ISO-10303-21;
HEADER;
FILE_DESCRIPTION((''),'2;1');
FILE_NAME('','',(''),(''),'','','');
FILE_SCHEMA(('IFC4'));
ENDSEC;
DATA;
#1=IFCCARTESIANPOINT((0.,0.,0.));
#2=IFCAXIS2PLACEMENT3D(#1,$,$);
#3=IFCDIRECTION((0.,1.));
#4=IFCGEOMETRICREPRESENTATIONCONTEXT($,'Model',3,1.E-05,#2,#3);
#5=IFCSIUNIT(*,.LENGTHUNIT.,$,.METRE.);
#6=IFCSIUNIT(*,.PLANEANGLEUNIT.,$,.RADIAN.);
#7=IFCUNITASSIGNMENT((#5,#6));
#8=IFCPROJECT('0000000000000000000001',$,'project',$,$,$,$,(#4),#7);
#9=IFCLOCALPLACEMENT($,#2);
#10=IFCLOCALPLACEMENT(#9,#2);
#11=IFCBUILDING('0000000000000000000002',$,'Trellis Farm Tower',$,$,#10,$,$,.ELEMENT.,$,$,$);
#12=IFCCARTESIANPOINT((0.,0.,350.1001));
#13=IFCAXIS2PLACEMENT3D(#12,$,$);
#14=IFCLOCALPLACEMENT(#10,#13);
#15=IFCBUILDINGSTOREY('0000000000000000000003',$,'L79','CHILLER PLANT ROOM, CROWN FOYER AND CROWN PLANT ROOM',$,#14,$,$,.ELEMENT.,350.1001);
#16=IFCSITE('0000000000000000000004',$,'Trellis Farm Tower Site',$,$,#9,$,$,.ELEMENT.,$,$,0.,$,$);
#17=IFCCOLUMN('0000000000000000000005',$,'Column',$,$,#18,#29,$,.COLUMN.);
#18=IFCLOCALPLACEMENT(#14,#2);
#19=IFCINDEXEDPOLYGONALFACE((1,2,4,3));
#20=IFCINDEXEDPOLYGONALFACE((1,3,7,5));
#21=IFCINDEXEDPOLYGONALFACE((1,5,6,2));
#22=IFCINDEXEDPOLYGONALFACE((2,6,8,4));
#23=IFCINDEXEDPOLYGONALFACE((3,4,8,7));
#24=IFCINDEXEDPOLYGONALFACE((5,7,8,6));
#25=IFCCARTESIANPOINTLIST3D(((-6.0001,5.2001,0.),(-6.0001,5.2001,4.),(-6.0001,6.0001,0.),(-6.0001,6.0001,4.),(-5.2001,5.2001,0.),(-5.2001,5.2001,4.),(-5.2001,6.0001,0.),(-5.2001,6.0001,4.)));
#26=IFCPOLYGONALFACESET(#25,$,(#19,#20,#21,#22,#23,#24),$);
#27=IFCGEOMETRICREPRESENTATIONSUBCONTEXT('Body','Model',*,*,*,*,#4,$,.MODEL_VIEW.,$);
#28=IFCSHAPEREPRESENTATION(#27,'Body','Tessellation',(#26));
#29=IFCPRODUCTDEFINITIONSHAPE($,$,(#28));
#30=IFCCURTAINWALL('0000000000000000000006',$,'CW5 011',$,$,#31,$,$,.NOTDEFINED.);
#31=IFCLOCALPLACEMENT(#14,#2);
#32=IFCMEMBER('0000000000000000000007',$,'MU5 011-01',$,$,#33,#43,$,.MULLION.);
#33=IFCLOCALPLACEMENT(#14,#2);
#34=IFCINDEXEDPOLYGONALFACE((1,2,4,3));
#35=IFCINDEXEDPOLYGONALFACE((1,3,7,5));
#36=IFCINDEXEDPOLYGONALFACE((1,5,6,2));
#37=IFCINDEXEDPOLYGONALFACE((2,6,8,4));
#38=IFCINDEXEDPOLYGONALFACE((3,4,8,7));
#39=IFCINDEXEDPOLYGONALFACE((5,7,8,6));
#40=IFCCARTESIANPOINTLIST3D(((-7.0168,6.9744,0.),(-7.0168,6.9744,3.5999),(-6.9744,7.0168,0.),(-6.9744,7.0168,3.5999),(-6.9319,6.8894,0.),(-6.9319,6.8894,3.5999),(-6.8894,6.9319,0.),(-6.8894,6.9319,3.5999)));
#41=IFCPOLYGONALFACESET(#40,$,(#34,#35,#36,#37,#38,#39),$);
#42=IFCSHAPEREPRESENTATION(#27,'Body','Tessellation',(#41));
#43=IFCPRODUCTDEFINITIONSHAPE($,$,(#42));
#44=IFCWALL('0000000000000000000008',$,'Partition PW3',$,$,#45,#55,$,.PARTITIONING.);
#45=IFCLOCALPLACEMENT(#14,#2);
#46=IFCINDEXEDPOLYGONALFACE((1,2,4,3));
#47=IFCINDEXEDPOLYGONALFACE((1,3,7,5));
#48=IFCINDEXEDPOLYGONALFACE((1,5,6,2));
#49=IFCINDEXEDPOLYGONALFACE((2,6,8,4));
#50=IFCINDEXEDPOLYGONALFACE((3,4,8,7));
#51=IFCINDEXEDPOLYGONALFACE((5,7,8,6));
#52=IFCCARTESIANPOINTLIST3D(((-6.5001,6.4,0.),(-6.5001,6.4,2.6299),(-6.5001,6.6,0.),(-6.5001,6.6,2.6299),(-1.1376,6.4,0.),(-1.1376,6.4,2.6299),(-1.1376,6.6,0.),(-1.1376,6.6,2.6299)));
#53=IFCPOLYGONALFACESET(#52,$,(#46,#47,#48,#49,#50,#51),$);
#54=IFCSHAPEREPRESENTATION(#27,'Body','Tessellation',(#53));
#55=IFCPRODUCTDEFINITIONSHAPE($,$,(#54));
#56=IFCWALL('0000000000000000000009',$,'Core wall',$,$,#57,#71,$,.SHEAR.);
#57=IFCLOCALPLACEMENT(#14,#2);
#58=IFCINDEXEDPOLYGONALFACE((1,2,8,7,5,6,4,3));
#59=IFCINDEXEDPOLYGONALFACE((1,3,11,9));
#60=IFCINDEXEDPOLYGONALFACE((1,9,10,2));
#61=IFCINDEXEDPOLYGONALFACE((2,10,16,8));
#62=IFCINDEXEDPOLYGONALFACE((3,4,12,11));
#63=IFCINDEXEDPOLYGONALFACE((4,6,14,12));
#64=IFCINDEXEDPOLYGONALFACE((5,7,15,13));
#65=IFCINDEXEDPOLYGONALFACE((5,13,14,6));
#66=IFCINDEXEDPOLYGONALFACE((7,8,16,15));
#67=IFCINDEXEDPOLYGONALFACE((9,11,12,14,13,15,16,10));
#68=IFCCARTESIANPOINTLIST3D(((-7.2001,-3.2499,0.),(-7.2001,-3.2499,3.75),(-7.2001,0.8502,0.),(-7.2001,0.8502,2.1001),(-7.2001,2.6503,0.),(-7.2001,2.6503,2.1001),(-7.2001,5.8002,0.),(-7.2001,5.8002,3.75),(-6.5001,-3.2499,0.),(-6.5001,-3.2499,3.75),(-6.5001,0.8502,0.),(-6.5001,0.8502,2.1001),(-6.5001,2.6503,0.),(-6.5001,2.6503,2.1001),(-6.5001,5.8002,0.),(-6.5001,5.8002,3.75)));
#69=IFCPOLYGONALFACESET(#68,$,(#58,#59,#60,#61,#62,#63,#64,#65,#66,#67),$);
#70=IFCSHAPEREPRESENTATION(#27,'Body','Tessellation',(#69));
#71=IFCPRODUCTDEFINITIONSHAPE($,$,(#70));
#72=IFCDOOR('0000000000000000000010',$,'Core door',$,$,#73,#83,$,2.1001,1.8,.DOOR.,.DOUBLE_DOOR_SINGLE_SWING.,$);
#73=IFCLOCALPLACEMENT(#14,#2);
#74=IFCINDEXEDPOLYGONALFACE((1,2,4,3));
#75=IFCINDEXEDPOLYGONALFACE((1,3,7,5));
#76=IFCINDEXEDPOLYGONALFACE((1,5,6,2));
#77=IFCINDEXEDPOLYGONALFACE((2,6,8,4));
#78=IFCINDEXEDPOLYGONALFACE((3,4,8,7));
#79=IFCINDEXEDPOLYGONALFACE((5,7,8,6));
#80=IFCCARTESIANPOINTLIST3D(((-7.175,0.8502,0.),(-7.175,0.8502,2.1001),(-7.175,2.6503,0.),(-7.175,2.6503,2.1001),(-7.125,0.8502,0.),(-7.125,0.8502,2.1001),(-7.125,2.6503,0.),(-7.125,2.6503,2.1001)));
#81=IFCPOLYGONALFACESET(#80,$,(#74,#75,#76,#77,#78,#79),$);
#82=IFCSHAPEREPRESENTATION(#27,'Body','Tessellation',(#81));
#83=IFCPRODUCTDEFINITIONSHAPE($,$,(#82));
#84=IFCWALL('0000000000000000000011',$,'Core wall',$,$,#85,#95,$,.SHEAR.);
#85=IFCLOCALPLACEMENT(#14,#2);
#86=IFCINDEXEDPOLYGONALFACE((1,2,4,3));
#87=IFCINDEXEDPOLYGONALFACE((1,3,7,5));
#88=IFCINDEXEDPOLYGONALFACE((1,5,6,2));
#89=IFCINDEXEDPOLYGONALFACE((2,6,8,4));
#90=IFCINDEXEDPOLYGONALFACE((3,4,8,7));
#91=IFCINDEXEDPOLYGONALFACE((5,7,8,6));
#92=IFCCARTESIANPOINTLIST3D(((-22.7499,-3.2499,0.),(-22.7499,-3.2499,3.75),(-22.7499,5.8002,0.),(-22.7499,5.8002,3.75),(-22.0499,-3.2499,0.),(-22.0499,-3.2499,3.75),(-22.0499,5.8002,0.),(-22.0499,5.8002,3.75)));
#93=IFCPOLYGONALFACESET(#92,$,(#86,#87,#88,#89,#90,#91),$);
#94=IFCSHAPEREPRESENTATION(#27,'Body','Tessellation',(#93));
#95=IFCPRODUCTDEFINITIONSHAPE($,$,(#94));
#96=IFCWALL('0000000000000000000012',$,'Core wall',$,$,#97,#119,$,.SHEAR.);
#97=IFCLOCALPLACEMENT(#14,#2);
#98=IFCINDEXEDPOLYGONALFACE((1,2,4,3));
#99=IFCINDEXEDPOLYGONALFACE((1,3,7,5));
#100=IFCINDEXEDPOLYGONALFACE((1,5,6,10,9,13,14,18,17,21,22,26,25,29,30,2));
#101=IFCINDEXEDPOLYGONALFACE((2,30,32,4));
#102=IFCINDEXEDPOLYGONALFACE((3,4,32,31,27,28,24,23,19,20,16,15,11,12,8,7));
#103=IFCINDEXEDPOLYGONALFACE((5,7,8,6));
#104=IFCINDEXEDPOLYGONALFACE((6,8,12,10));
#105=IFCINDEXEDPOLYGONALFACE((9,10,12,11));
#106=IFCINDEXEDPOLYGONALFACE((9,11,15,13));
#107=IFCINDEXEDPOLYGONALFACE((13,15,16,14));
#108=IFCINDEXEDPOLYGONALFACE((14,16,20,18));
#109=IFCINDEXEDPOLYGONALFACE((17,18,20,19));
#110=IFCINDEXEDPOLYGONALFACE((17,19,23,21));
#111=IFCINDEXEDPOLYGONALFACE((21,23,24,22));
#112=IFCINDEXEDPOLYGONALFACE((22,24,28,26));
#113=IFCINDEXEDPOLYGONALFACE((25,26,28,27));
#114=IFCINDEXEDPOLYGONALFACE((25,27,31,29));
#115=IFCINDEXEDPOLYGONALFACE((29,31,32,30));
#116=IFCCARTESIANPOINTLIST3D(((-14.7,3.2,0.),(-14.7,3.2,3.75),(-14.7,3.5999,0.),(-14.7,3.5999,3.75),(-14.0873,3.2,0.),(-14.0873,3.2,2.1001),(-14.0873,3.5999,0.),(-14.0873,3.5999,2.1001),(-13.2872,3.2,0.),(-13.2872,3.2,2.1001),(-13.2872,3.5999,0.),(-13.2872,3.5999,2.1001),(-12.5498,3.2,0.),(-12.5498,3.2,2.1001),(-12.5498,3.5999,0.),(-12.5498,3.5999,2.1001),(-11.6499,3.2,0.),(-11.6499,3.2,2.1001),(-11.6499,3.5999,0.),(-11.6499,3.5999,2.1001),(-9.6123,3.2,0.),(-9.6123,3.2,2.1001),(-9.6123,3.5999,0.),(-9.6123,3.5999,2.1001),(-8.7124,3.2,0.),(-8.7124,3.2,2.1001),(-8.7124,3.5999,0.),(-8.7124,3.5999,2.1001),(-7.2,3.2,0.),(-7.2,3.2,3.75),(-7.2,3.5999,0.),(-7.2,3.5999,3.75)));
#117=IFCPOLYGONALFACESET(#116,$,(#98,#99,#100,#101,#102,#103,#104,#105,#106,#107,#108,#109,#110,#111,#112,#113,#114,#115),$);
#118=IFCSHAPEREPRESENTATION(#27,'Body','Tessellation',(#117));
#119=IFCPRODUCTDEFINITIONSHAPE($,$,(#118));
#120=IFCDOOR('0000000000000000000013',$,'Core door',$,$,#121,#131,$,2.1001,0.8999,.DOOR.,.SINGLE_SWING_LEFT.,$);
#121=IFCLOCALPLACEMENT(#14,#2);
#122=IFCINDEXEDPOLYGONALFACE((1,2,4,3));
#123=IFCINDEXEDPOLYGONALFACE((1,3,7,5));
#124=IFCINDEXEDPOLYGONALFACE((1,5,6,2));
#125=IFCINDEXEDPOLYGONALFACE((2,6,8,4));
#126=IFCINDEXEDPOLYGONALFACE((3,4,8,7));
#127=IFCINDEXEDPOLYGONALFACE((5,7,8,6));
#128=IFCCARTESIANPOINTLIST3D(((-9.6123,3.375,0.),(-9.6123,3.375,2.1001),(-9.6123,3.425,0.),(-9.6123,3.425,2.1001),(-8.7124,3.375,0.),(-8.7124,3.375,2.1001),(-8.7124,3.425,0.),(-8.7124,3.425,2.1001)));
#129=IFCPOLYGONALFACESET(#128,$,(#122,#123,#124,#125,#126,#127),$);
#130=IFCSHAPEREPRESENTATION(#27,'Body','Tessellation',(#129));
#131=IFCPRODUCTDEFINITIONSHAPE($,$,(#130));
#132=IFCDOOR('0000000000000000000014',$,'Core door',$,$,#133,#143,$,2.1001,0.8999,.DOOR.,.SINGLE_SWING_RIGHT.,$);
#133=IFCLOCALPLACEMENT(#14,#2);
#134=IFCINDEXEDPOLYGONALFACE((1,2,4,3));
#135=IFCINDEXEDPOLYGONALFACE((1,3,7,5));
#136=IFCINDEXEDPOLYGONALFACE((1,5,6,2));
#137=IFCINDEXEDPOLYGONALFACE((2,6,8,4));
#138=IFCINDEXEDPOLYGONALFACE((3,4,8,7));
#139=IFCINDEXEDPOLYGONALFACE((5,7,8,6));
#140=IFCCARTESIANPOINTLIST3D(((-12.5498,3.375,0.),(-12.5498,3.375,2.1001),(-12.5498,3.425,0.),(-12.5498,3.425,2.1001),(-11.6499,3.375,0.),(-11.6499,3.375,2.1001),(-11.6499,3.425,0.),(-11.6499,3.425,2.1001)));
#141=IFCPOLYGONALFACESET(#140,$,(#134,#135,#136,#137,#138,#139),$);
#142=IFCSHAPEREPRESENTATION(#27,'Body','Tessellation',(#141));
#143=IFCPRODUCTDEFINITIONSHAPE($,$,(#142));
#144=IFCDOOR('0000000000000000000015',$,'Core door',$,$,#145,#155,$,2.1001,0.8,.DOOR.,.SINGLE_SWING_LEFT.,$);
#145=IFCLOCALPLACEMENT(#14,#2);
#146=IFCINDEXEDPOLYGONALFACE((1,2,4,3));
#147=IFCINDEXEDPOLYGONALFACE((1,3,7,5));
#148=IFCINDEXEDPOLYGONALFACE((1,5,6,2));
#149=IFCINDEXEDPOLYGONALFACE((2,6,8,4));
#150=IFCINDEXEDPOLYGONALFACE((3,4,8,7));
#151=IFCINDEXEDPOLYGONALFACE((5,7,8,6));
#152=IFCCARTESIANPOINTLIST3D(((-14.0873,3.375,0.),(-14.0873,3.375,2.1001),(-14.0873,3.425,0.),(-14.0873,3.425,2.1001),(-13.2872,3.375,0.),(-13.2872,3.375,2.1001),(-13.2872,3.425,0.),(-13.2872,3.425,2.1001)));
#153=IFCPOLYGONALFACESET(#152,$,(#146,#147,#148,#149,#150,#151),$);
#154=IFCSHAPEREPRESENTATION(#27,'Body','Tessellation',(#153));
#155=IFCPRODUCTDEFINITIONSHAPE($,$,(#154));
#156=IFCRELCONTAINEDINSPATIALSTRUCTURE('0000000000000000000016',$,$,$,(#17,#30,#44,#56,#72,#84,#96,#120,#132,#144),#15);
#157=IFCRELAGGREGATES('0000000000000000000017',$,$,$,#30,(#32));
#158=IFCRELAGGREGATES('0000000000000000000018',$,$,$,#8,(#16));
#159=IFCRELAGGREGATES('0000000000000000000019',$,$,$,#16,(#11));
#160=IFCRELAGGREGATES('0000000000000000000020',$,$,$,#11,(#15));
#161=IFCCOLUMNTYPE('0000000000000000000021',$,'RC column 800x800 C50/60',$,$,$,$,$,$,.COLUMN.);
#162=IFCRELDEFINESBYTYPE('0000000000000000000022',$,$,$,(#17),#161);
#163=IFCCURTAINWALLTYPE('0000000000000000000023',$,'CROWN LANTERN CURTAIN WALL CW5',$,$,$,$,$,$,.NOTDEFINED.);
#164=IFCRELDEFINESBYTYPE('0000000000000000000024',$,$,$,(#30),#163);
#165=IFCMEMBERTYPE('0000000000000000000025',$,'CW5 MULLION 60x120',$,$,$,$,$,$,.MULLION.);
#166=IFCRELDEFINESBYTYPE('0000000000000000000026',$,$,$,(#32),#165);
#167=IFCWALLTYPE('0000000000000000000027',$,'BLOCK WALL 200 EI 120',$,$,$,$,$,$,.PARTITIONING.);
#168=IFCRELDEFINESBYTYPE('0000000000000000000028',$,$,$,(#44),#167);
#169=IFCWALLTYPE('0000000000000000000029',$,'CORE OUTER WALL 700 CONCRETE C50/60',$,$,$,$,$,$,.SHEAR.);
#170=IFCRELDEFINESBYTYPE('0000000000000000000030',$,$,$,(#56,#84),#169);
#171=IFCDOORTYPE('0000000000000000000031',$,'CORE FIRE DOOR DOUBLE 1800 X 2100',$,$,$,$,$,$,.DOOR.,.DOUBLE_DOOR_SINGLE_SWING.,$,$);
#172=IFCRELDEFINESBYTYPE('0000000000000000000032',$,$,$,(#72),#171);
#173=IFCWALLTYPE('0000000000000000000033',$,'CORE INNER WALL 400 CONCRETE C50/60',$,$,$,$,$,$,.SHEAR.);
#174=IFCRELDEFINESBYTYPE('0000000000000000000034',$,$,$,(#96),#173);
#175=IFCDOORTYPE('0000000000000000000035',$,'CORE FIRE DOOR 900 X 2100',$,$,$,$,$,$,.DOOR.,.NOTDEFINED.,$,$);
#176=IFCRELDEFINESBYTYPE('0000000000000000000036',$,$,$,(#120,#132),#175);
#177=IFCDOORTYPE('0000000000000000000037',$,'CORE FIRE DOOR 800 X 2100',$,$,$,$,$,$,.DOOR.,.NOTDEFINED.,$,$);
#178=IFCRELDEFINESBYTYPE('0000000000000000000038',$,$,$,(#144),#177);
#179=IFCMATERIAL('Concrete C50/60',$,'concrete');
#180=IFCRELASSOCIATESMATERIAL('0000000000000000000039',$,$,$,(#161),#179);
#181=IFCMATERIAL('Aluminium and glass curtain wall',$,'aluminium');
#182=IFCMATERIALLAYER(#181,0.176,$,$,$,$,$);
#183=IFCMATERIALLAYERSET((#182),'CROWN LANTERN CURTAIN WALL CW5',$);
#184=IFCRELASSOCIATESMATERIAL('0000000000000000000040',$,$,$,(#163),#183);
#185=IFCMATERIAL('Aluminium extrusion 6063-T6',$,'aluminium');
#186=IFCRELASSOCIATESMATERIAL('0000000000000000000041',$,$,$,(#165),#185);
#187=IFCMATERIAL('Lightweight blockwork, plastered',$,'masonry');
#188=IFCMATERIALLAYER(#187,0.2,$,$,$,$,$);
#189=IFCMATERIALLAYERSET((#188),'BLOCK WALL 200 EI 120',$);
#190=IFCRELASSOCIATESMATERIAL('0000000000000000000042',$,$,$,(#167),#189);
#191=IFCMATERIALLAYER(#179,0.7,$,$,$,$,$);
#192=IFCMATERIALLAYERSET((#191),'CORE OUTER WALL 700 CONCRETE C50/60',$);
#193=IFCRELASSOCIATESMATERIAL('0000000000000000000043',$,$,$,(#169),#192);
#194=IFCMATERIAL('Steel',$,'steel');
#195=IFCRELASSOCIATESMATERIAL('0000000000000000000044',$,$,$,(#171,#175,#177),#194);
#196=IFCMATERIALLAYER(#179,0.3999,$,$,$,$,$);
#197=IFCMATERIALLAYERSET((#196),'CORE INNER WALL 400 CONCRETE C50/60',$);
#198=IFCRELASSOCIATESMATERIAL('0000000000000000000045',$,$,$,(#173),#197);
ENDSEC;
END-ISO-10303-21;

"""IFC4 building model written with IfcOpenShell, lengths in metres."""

from ifc_helpers import new_model, si_unit, direction, frame, frame_2d, origin, origin_2d, place, context, subcontext, project, spatial, rectangle, extrude, source, transform, mapped, material, layer, layer_set, material_profile, profile_set, type_object, element, fill, aggregate, save


model = new_model("IFC4")

# Units and contexts
model_context = context("Model", 3, precision=1e-05, world=origin(), true_north=direction((0.0, 1.0)))
body_context = subcontext(model_context, "Body", "Model", "MODEL_VIEW")
ifc_project = project(units=[si_unit("LENGTHUNIT", "METRE"), si_unit("PLANEANGLEUNIT", "RADIAN")], contexts=[model_context])

# Site, building, storey
site_placement = place(None, origin())
site = spatial("IfcSite", under=ifc_project, at=site_placement, Name="Trellis Farm Tower Site", CompositionType="ELEMENT", RefElevation=0.0)
building_placement = place(site_placement, origin())
building = spatial("IfcBuilding", under=site, at=building_placement, Name="Trellis Farm Tower", CompositionType="ELEMENT")
storey_placement = place(building_placement, frame((0.0, 0.0, 350.1001)))
storey = spatial("IfcBuildingStorey", under=building, at=storey_placement, Name="L79", Description="CHILLER PLANT ROOM, CROWN FOYER AND CROWN PLANT ROOM", CompositionType="ELEMENT", Elevation=350.1001)

# Column
ifc_material_1 = material(Name="Concrete C50/60", Category="concrete")
ifc_material_profile_1 = material_profile(ifc_material_1, rectangle(XDim=0.8, YDim=0.8, at=origin_2d()), Name="RC column 800x800 C50/60")
ifc_profile_set_1 = profile_set([ifc_material_profile_1], Name="Concrete C50/60")
column_type = type_object("IfcColumnType", Name="RC column 800x800 C50/60", PredefinedType="COLUMN", material=ifc_profile_set_1)
shared_shape_1 = source(origin(), body_context, "Body", "SweptSolid", [
    extrude(rectangle(XDim=0.8, YDim=0.8, at=origin_2d()), origin(), (0.0, 0.0, 1.0), 4.0),
])
column_placement = place(storey_placement, frame((-5.6001, 5.6001, 0.0), z_axis=(0.0, 0.0, 1.0), x_axis=(1.0, 0.0, 0.0)))
element("IfcColumn", 1, at=column_placement, inside=storey, type_object=column_type, Name="Column", PredefinedType="COLUMN", context=body_context, shape_type="MappedRepresentation", body=[
    mapped(shared_shape_1, transform((0.0, 0.0, 0.0))),
])

# Curtain wall, member
ifc_material_2 = material(Name="Aluminium and glass curtain wall", Category="aluminium")
ifc_layer_1 = layer(ifc_material_2, 0.176)
ifc_layer_set_1 = layer_set([ifc_layer_1], Name="CROWN LANTERN CURTAIN WALL CW5")
curtain_wall_type = type_object("IfcCurtainWallType", Name="CROWN LANTERN CURTAIN WALL CW5", PredefinedType="NOTDEFINED", material=ifc_layer_set_1)
placement = place(storey_placement, origin())
curtain_wall = element("IfcCurtainWall", 2, at=placement, inside=storey, type_object=curtain_wall_type, Name="CW5 011", PredefinedType="NOTDEFINED")
ifc_material_3 = material(Name="Aluminium extrusion 6063-T6", Category="aluminium")
ifc_material_profile_2 = material_profile(ifc_material_3, rectangle(XDim=0.0601, YDim=0.1201, at=origin_2d()), Name="MULLION 60x120")
ifc_profile_set_2 = profile_set([ifc_material_profile_2], Name="Aluminium extrusion 6063-T6")
member_type = type_object("IfcMemberType", Name="CW5 MULLION 60x120", PredefinedType="MULLION", material=ifc_profile_set_2)
shared_shape_2 = source(origin(), body_context, "Body", "SweptSolid", [
    extrude(rectangle(XDim=0.0601, YDim=0.1201, at=origin_2d()), origin(), (0.0, 0.0, 1.0), 3.5999),
])
member_placement = place(storey_placement, frame((-6.9531, 6.9531, 0.0), z_axis=(0.0, 0.0, 1.0), x_axis=(-0.707107, -0.707107, 0.0)))
member = element("IfcMember", 3, at=member_placement, type_object=member_type, Name="MU5 011-01", PredefinedType="MULLION", context=body_context, shape_type="MappedRepresentation", body=[
    mapped(shared_shape_2, transform((0.0, 0.0, 0.0))),
])
aggregate(curtain_wall, [member])

# Wall
ifc_material_4 = material(Name="Lightweight blockwork, plastered", Category="masonry")
ifc_layer_2 = layer(ifc_material_4, 0.2)
ifc_layer_set_2 = layer_set([ifc_layer_2], Name="BLOCK WALL 200 EI 120")
wall_type_1 = type_object("IfcWallType", Name="BLOCK WALL 200 EI 120", PredefinedType="PARTITIONING", material=ifc_layer_set_2)
wall_1_placement = place(storey_placement, frame((-6.5, 6.5, 0.0), z_axis=(0.0, 0.0, 1.0), x_axis=(1.0, 0.0, 0.0)))
element("IfcWall", 4, at=wall_1_placement, inside=storey, type_object=wall_type_1, Name="Partition PW3", PredefinedType="PARTITIONING", context=body_context, shape_type="SweptSolid", body=[
    extrude(rectangle(XDim=5.3625, YDim=0.2, at=frame_2d((2.6812, 0.0))), origin(), (0.0, 0.0, 1.0), 2.6299),
])

# Wall, opening, door
ifc_layer_3 = layer(ifc_material_1, 0.7)
ifc_layer_set_3 = layer_set([ifc_layer_3], Name="CORE OUTER WALL 700 CONCRETE C50/60")
wall_type_2 = type_object("IfcWallType", Name="CORE OUTER WALL 700 CONCRETE C50/60", PredefinedType="SHEAR", material=ifc_layer_set_3)
shared_shape_3 = source(origin(), body_context, "Body", "SweptSolid", [
    extrude(rectangle(XDim=9.05, YDim=0.7, at=frame_2d((4.5249, 0.0))), origin(), (0.0, 0.0, 1.0), 3.75),
])
wall_2_placement = place(storey_placement, frame((-6.8501, 5.8, 0.0), z_axis=(0.0, 0.0, 1.0), x_axis=(0.0, -1.0, 0.0)))
wall_2 = element("IfcWall", 5, at=wall_2_placement, inside=storey, type_object=wall_type_2, Name="Core wall", PredefinedType="SHEAR", context=body_context, shape_type="MappedRepresentation", body=[
    mapped(shared_shape_3, transform((0.0, 0.0, 0.0))),
])
shared_shape_4 = source(origin(), body_context, "Body", "SweptSolid", [
    extrude(rectangle(XDim=1.8, YDim=2.1001, at=frame_2d((0.8999, 1.05))), frame((0.0, 0.3601, 0.0), z_axis=(0.0, -1.0, 0.0), x_axis=(1.0, 0.0, 0.0)), (0.0, 0.0, 1.0), 0.7202),
])
opening_1_placement = place(wall_2_placement, frame((3.1499, 0.0, 0.0)))
opening_1 = element("IfcOpeningElement", 6, at=opening_1_placement, cuts=wall_2, PredefinedType="OPENING", context=body_context, shape_type="MappedRepresentation", body=[
    mapped(shared_shape_4, transform((0.0, 0.0, 0.0))),
])
ifc_material_5 = material(Name="Steel", Category="steel")
door_type_1 = type_object("IfcDoorType", Name="CORE FIRE DOOR DOUBLE 1800 X 2100", OperationType="DOUBLE_DOOR_SINGLE_SWING", PredefinedType="DOOR", material=ifc_material_5)
shared_shape_5 = source(origin(), body_context, "Body", "SweptSolid", [
    extrude(rectangle(XDim=1.8, YDim=2.1001, at=frame_2d((0.8999, 1.05))), frame((0.0, -0.2749, 0.0), z_axis=(0.0, -1.0, 0.0), x_axis=(1.0, 0.0, 0.0)), (0.0, 0.0, 1.0), 0.05),
])
door_1_placement = place(opening_1_placement, origin())
door_1 = element("IfcDoor", 7, at=door_1_placement, inside=storey, type_object=door_type_1, Name="Core door", OperationType="DOUBLE_DOOR_SINGLE_SWING", OverallHeight=2.1001, OverallWidth=1.8, PredefinedType="DOOR", context=body_context, shape_type="MappedRepresentation", body=[
    mapped(shared_shape_5, transform((0.0, 0.0, 0.0))),
])
fill(opening_1, door_1)

# Wall
wall_3_placement = place(storey_placement, frame((-22.3999, 5.8, 0.0), z_axis=(0.0, 0.0, 1.0), x_axis=(0.0, -1.0, 0.0)))
element("IfcWall", 8, at=wall_3_placement, inside=storey, type_object=wall_type_2, Name="Core wall", PredefinedType="SHEAR", context=body_context, shape_type="MappedRepresentation", body=[
    mapped(shared_shape_3, transform((0.0, 0.0, 0.0))),
])

# Wall, openings, doors
ifc_layer_4 = layer(ifc_material_1, 0.3999)
ifc_layer_set_4 = layer_set([ifc_layer_4], Name="CORE INNER WALL 400 CONCRETE C50/60")
wall_type_3 = type_object("IfcWallType", Name="CORE INNER WALL 400 CONCRETE C50/60", PredefinedType="SHEAR", material=ifc_layer_set_4)
shared_shape_6 = source(origin(), body_context, "Body", "SweptSolid", [
    extrude(rectangle(XDim=7.5, YDim=0.3999, at=frame_2d((3.75, 0.0))), origin(), (0.0, 0.0, 1.0), 3.75),
])
wall_4_placement = place(storey_placement, frame((-7.2, 3.3999, 0.0), z_axis=(0.0, 0.0, 1.0), x_axis=(-1.0, 0.0, 0.0)))
wall_4 = element("IfcWall", 9, at=wall_4_placement, inside=storey, type_object=wall_type_3, Name="Core wall", PredefinedType="SHEAR", context=body_context, shape_type="MappedRepresentation", body=[
    mapped(shared_shape_6, transform((0.0, 0.0, 0.0))),
])
shared_shape_7 = source(origin(), body_context, "Body", "SweptSolid", [
    extrude(rectangle(XDim=0.8999, YDim=2.1001, at=frame_2d((0.45, 1.05))), frame((0.0, 0.21, 0.0), z_axis=(0.0, -1.0, 0.0), x_axis=(1.0, 0.0, 0.0)), (0.0, 0.0, 1.0), 0.4199),
])
opening_2_placement = place(wall_4_placement, frame((1.5125, 0.0, 0.0)))
opening_2 = element("IfcOpeningElement", 10, at=opening_2_placement, cuts=wall_4, PredefinedType="OPENING", context=body_context, shape_type="MappedRepresentation", body=[
    mapped(shared_shape_7, transform((0.0, 0.0, 0.0))),
])
opening_3_placement = place(wall_4_placement, frame((4.45, 0.0, 0.0)))
opening_3 = element("IfcOpeningElement", 11, at=opening_3_placement, cuts=wall_4, PredefinedType="OPENING", context=body_context, shape_type="MappedRepresentation", body=[
    mapped(shared_shape_7, transform((0.0, 0.0, 0.0))),
])
shared_shape_8 = source(origin(), body_context, "Body", "SweptSolid", [
    extrude(rectangle(XDim=0.8, YDim=2.1001, at=frame_2d((0.3999, 1.05))), frame((0.0, 0.21, 0.0), z_axis=(0.0, -1.0, 0.0), x_axis=(1.0, 0.0, 0.0)), (0.0, 0.0, 1.0), 0.4199),
])
opening_4_placement = place(wall_4_placement, frame((6.0874, 0.0, 0.0)))
opening_4 = element("IfcOpeningElement", 12, at=opening_4_placement, cuts=wall_4, PredefinedType="OPENING", context=body_context, shape_type="MappedRepresentation", body=[
    mapped(shared_shape_8, transform((0.0, 0.0, 0.0))),
])
door_type_2 = type_object("IfcDoorType", Name="CORE FIRE DOOR 900 X 2100", OperationType="NOTDEFINED", PredefinedType="DOOR", material=ifc_material_5)
shared_shape_9 = source(origin(), body_context, "Body", "SweptSolid", [
    extrude(rectangle(XDim=0.8999, YDim=2.1001, at=frame_2d((0.45, 1.05))), frame((0.0, 0.0249, 0.0), z_axis=(0.0, -1.0, 0.0), x_axis=(1.0, 0.0, 0.0)), (0.0, 0.0, 1.0), 0.05),
])
door_2_placement = place(opening_2_placement, origin())
door_2 = element("IfcDoor", 13, at=door_2_placement, inside=storey, type_object=door_type_2, Name="Core door", OperationType="SINGLE_SWING_LEFT", OverallHeight=2.1001, OverallWidth=0.8999, PredefinedType="DOOR", context=body_context, shape_type="MappedRepresentation", body=[
    mapped(shared_shape_9, transform((0.0, 0.0, 0.0))),
])
fill(opening_2, door_2)
door_3_placement = place(opening_3_placement, origin())
door_3 = element("IfcDoor", 14, at=door_3_placement, inside=storey, type_object=door_type_2, Name="Core door", OperationType="SINGLE_SWING_RIGHT", OverallHeight=2.1001, OverallWidth=0.8999, PredefinedType="DOOR", context=body_context, shape_type="MappedRepresentation", body=[
    mapped(shared_shape_9, transform((0.0, 0.0, 0.0))),
])
fill(opening_3, door_3)
door_type_3 = type_object("IfcDoorType", Name="CORE FIRE DOOR 800 X 2100", OperationType="NOTDEFINED", PredefinedType="DOOR", material=ifc_material_5)
shared_shape_10 = source(origin(), body_context, "Body", "SweptSolid", [
    extrude(rectangle(XDim=0.8, YDim=2.1001, at=frame_2d((0.3999, 1.05))), frame((0.0, 0.0249, 0.0), z_axis=(0.0, -1.0, 0.0), x_axis=(1.0, 0.0, 0.0)), (0.0, 0.0, 1.0), 0.05),
])
door_4_placement = place(opening_4_placement, origin())
door_4 = element("IfcDoor", 15, at=door_4_placement, inside=storey, type_object=door_type_3, Name="Core door", OperationType="SINGLE_SWING_LEFT", OverallHeight=2.1001, OverallWidth=0.8, PredefinedType="DOOR", context=body_context, shape_type="MappedRepresentation", body=[
    mapped(shared_shape_10, transform((0.0, 0.0, 0.0))),
])
fill(opening_4, door_4)

save(model, "model.ifc")
